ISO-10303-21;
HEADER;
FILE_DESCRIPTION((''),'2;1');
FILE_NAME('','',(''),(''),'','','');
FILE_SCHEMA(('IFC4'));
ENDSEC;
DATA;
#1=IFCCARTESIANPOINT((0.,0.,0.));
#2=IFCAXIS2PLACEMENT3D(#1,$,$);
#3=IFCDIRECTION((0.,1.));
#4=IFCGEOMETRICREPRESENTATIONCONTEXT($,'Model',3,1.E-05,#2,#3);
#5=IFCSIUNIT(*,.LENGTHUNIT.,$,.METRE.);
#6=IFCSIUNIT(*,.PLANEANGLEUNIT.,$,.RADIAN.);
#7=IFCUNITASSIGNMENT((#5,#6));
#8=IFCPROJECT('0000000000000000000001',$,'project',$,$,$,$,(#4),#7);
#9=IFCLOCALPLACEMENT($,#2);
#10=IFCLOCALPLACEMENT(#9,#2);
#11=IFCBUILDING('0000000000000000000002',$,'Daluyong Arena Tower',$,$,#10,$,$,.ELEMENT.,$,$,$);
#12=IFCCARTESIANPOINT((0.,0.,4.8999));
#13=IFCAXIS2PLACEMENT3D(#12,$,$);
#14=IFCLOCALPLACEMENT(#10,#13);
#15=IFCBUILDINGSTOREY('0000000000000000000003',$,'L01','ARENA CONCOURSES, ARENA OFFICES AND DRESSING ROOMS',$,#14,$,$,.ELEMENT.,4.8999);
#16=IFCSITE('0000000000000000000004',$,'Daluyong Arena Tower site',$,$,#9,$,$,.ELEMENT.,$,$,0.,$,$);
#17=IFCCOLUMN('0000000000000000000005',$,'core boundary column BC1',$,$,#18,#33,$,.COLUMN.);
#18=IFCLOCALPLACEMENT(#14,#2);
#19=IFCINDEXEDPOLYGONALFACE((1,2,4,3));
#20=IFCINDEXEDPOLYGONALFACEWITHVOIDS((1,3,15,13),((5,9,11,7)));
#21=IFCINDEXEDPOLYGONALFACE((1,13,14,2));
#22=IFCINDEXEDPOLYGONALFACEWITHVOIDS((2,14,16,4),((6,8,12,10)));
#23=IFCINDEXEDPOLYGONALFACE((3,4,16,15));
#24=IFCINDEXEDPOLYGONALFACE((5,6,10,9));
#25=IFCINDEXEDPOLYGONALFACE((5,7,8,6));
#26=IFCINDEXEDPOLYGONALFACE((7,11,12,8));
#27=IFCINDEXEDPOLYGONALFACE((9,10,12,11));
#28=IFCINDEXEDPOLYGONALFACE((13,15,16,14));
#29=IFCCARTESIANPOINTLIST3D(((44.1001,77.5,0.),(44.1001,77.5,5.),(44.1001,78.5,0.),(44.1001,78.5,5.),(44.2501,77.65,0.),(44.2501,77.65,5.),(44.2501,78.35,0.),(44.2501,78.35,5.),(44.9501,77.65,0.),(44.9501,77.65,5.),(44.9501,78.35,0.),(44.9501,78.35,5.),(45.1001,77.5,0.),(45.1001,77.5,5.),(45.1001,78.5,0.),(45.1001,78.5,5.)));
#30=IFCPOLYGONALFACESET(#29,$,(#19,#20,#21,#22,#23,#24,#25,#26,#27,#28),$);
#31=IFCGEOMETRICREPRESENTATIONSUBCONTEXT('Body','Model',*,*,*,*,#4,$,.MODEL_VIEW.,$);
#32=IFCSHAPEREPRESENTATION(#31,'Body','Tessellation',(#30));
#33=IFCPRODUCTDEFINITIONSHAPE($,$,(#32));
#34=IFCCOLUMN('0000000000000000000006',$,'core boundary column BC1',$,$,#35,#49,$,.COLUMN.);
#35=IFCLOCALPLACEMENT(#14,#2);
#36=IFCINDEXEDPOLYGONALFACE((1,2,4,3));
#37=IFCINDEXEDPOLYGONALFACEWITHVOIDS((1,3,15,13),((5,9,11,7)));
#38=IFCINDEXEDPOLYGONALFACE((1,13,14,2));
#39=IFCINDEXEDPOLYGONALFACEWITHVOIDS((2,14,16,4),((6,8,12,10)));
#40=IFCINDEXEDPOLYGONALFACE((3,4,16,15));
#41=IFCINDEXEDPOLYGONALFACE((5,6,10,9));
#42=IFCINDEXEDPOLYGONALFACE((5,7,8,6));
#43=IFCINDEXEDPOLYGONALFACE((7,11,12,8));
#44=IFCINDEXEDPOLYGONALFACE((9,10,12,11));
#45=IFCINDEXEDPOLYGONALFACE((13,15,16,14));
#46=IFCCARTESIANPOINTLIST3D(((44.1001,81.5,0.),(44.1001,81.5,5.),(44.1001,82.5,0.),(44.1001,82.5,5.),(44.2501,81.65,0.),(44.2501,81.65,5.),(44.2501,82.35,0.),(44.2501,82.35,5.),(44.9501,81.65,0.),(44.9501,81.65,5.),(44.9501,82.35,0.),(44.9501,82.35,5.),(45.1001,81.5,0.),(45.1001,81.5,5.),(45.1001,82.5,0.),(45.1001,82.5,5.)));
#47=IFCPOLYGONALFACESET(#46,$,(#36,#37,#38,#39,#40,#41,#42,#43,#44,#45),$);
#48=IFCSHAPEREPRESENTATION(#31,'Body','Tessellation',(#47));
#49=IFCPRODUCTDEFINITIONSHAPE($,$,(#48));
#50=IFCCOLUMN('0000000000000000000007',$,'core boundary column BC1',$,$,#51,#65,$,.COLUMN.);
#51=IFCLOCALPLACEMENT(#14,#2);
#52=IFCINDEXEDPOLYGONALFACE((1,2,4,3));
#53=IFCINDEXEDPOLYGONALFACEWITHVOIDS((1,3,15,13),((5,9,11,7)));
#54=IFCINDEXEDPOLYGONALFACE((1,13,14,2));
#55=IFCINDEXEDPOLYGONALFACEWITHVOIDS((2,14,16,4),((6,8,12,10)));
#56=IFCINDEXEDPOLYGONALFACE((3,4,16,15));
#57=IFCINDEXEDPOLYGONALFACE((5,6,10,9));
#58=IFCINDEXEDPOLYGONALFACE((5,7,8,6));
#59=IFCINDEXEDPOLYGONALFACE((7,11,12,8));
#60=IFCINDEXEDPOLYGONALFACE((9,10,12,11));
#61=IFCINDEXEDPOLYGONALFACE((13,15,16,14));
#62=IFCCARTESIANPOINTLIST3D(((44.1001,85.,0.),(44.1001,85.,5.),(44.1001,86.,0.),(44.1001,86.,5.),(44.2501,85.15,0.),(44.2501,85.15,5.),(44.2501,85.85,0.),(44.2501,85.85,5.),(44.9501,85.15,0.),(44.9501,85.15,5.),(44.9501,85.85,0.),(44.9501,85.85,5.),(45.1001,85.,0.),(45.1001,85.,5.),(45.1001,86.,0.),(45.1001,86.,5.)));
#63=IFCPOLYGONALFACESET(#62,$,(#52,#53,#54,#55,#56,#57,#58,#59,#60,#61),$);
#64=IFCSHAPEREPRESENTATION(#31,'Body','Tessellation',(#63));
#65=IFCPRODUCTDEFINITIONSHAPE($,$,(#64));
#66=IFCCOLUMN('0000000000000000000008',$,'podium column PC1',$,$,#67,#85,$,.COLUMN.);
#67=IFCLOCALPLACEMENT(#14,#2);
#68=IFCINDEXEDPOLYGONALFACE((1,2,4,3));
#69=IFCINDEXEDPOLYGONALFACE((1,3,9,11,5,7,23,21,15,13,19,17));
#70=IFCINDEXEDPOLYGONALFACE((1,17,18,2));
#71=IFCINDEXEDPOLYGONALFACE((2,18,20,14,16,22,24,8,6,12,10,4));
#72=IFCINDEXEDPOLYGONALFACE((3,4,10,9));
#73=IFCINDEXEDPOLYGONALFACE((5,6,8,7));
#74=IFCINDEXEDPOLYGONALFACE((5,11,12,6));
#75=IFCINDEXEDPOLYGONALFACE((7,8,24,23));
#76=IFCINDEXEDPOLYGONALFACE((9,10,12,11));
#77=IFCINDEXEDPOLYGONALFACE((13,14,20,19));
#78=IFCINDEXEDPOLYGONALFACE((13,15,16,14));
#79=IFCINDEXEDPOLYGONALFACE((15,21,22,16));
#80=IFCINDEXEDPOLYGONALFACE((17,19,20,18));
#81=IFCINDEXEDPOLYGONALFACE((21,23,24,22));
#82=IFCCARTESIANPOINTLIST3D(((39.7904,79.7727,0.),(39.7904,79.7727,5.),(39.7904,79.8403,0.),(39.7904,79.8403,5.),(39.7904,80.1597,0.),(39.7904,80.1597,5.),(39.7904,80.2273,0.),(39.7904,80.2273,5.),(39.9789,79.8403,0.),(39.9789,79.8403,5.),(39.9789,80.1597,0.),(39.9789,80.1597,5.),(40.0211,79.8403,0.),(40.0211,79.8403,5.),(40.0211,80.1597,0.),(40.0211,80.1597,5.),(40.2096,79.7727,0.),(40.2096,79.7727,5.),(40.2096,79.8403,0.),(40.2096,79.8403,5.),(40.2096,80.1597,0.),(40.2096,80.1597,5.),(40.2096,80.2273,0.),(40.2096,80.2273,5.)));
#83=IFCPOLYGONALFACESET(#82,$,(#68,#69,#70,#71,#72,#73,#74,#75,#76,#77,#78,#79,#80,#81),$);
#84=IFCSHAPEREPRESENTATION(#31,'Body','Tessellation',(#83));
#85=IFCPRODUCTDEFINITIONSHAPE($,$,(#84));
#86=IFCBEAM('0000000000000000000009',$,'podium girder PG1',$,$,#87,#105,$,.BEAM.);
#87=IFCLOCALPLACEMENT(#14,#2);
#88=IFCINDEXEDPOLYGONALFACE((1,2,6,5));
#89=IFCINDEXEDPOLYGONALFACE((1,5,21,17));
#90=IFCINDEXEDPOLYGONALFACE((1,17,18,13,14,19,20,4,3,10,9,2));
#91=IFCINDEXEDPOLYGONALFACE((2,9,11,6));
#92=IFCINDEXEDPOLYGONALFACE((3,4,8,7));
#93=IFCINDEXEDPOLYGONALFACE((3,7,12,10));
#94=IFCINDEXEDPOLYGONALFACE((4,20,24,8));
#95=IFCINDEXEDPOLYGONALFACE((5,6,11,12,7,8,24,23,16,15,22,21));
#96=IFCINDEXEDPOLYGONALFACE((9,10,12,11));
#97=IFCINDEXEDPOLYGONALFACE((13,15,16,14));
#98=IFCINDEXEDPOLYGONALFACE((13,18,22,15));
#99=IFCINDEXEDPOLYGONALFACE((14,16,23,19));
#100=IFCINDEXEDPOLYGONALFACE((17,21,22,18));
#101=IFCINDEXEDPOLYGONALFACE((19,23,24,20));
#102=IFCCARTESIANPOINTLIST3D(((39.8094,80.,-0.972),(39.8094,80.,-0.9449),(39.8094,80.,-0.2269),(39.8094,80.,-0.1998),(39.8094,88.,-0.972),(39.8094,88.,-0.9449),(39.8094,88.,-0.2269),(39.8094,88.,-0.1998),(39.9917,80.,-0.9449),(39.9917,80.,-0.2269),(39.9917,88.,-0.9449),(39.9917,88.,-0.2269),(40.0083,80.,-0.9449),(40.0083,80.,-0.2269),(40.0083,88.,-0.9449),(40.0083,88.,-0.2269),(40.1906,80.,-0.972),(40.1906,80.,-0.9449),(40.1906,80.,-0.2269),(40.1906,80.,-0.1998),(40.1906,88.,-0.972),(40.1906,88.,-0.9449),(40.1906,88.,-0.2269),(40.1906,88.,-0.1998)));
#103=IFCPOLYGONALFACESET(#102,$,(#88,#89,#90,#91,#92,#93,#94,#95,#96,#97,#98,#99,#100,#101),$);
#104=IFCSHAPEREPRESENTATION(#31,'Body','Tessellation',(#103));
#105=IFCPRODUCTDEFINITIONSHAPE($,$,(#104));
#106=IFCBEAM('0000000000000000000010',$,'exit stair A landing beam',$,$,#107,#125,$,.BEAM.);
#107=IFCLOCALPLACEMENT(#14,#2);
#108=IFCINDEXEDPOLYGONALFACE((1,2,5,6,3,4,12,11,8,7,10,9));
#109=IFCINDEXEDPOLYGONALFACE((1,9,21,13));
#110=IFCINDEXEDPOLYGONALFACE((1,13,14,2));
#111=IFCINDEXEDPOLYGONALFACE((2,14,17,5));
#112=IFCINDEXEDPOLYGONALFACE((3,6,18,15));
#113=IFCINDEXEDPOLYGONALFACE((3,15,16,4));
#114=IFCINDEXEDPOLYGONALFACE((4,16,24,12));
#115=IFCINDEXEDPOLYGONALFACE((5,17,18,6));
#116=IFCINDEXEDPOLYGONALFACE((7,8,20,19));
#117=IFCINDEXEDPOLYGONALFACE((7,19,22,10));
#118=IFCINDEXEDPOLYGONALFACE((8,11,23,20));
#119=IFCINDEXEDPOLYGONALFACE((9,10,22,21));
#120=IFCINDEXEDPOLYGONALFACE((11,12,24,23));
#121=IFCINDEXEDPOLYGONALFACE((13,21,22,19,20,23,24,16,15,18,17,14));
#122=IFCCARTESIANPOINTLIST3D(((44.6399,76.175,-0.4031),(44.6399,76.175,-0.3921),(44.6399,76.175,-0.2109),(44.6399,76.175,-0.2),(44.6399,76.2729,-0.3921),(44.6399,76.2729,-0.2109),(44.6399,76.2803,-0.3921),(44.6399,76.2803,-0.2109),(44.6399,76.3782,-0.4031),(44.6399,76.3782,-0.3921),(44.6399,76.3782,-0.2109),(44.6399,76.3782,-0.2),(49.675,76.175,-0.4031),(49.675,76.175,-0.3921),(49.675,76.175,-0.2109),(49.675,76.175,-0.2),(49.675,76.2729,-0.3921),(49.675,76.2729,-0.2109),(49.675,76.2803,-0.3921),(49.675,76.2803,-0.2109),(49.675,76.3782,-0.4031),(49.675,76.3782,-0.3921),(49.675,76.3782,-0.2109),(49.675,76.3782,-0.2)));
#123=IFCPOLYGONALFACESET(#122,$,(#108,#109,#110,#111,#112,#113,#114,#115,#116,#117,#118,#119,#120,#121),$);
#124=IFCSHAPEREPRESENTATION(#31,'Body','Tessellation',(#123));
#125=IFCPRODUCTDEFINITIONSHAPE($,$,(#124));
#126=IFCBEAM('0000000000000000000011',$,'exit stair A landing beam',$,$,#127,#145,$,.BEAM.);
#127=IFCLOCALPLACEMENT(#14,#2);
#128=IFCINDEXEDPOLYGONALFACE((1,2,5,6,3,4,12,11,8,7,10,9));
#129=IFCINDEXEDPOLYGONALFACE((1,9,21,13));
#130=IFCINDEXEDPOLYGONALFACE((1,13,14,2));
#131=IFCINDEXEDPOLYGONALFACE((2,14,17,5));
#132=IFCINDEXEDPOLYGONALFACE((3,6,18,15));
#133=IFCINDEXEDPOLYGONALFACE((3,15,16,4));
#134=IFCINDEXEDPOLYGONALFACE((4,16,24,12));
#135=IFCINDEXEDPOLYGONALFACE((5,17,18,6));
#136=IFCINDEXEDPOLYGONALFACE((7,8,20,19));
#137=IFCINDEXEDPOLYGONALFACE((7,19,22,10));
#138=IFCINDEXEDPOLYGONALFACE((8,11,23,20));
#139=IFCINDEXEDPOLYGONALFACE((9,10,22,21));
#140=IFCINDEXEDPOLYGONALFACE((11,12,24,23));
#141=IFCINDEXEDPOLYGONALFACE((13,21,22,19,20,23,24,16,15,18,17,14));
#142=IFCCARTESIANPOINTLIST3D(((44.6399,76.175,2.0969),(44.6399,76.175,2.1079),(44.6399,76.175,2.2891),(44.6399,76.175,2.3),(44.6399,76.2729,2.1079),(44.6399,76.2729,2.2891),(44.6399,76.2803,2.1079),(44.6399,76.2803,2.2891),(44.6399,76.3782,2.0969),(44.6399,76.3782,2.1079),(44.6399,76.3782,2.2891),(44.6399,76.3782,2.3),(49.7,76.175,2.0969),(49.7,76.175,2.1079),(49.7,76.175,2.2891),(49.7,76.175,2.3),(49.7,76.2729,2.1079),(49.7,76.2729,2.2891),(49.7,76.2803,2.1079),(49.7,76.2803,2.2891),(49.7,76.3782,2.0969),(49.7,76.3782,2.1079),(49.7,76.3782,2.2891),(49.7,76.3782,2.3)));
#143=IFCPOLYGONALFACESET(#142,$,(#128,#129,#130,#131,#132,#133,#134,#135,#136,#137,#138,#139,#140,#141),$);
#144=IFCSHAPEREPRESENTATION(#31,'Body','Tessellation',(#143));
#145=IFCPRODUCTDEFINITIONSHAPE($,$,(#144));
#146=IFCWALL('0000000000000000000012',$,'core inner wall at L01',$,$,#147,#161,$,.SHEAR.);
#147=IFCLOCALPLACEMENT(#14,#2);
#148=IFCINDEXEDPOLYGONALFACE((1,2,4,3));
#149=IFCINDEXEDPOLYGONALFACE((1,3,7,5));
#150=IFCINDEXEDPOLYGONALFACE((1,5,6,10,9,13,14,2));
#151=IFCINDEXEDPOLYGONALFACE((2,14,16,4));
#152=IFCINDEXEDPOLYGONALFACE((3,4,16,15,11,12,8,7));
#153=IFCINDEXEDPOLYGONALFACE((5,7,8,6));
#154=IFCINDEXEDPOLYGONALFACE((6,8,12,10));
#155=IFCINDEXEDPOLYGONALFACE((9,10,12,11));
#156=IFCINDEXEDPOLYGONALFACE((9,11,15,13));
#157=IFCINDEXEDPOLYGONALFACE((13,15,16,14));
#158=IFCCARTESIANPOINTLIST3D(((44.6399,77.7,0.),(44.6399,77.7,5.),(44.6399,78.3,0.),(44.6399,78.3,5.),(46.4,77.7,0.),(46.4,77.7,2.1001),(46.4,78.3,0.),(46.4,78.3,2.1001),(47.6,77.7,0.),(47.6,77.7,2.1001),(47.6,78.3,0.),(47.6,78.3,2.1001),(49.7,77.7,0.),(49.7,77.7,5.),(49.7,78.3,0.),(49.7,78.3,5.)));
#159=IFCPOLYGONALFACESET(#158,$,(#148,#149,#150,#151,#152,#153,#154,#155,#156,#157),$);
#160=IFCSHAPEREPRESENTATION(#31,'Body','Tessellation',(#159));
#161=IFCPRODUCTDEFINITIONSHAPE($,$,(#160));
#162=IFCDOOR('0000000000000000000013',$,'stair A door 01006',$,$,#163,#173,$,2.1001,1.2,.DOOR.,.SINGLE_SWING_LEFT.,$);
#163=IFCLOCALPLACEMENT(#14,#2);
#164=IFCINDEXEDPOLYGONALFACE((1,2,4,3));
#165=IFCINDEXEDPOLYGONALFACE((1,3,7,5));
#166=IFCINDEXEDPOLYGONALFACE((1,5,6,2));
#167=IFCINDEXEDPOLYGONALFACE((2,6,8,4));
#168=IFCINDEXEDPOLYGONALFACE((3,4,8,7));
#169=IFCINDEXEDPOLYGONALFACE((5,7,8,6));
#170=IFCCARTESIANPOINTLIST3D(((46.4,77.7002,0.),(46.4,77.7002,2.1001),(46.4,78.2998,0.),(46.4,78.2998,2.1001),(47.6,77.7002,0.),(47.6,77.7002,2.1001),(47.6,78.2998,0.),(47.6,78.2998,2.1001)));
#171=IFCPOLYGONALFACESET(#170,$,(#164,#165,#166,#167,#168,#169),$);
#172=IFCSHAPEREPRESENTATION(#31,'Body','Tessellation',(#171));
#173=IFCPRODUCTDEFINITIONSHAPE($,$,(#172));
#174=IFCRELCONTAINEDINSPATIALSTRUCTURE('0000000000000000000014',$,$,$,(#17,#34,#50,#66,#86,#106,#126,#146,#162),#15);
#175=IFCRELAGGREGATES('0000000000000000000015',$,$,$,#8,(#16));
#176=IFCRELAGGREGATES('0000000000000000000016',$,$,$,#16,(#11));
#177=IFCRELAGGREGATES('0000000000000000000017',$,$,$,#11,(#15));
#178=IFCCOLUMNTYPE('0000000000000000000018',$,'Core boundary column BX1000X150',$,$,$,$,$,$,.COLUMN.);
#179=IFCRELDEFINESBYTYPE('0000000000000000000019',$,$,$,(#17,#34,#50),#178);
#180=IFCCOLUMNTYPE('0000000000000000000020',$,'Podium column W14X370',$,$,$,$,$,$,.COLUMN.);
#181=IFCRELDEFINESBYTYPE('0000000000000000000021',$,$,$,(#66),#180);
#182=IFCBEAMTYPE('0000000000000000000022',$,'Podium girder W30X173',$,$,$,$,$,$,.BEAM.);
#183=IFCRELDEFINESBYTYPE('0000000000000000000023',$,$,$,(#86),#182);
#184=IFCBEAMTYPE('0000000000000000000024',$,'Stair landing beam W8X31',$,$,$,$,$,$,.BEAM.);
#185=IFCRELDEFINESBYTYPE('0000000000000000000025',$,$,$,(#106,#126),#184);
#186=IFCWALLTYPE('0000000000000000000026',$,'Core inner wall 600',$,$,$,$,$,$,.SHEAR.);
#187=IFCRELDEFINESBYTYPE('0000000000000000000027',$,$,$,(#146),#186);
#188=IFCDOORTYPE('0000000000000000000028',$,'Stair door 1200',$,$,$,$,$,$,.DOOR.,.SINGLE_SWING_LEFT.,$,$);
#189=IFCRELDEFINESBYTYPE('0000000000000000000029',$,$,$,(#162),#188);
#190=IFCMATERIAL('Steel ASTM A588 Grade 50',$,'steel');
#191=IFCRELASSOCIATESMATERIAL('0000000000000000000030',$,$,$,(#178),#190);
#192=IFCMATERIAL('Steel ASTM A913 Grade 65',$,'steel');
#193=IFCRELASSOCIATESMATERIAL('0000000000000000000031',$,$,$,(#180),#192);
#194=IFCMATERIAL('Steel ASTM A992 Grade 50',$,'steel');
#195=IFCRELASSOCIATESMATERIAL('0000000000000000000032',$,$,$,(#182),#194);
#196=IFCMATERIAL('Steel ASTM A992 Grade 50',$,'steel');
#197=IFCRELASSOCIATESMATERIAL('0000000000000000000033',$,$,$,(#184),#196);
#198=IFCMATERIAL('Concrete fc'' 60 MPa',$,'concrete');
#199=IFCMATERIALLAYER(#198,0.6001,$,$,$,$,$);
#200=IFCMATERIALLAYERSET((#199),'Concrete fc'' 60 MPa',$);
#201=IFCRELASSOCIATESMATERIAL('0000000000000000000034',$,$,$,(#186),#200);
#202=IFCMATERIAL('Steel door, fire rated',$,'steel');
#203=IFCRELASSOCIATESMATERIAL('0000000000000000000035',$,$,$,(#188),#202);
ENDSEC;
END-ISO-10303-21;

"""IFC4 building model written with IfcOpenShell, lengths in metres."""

from ifc_helpers import new_model, si_unit, direction, frame, frame_2d, origin, origin_2d, place, context, subcontext, project, spatial, rectangle, hollow_rectangle, i_section, extrude, material, layer, layer_set, material_profile, profile_set, type_object, element, fill, save


model = new_model("IFC4")

# Units and contexts
model_context = context("Model", 3, precision=1e-05, world=origin(), true_north=direction((0.0, 1.0)))
body_context = subcontext(model_context, "Body", "Model", "MODEL_VIEW")
ifc_project = project(units=[si_unit("LENGTHUNIT", "METRE"), si_unit("PLANEANGLEUNIT", "RADIAN")], contexts=[model_context])

# Site, building, storey
site_placement = place(None, origin())
site = spatial("IfcSite", under=ifc_project, at=site_placement, Name="Daluyong Arena Tower site", CompositionType="ELEMENT", RefElevation=0.0)
building_placement = place(site_placement, origin())
building = spatial("IfcBuilding", under=site, at=building_placement, Name="Daluyong Arena Tower", CompositionType="ELEMENT")
storey_placement = place(building_placement, frame((0.0, 0.0, 4.8999)))
storey = spatial("IfcBuildingStorey", under=building, at=storey_placement, Name="L01", Description="ARENA CONCOURSES, ARENA OFFICES AND DRESSING ROOMS", CompositionType="ELEMENT", Elevation=4.8999)

# Columns
ifc_material_1 = material(Name="Steel ASTM A588 Grade 50", Category="steel")
ifc_material_profile_1 = material_profile(ifc_material_1, hollow_rectangle(XDim=1.0, YDim=1.0, WallThickness=0.15, at=origin_2d()))
ifc_profile_set_1 = profile_set([ifc_material_profile_1], Name="Steel ASTM A588 Grade 50")
column_type_1 = type_object("IfcColumnType", Name="Core boundary column BX1000X150", PredefinedType="COLUMN", material=ifc_profile_set_1)
for number, where, z_axis, x_axis, name in (
    (1, (44.6001, 78.0, 0.0), (0.0, 0.0, 1.0), (1.0, 0.0, 0.0), "core boundary column BC1"),
    (2, (44.6001, 82.0, 0.0), (0.0, 0.0, 1.0), (1.0, 0.0, 0.0), "core boundary column BC1"),
    (3, (44.6001, 85.5, 0.0), (0.0, 0.0, 1.0), (1.0, 0.0, 0.0), "core boundary column BC1"),
):
    element("IfcColumn", number, at=place(storey_placement, frame(where, z_axis=z_axis, x_axis=x_axis)), inside=storey, type_object=column_type_1, Name=name, PredefinedType="COLUMN", context=body_context, shape_type="SweptSolid", body=[
        extrude(hollow_rectangle(XDim=1.0, YDim=1.0, WallThickness=0.15, at=origin_2d()), origin(), (0.0, 0.0, 1.0), 5.0),
    ])
ifc_material_2 = material(Name="Steel ASTM A913 Grade 65", Category="steel")
ifc_material_profile_2 = material_profile(ifc_material_2, i_section(OverallWidth=0.4192, OverallDepth=0.4546, WebThickness=0.0422, FlangeThickness=0.0676, at=origin_2d()))
ifc_profile_set_2 = profile_set([ifc_material_profile_2], Name="Steel ASTM A913 Grade 65")
column_type_2 = type_object("IfcColumnType", Name="Podium column W14X370", PredefinedType="COLUMN", material=ifc_profile_set_2)
column_placement = place(storey_placement, frame((40.0, 80.0, 0.0), z_axis=(0.0, 0.0, 1.0), x_axis=(1.0, 0.0, 0.0)))
element("IfcColumn", 4, at=column_placement, inside=storey, type_object=column_type_2, Name="podium column PC1", PredefinedType="COLUMN", context=body_context, shape_type="SweptSolid", body=[
    extrude(i_section(OverallWidth=0.4192, OverallDepth=0.4546, WebThickness=0.0422, FlangeThickness=0.0676, at=origin_2d()), origin(), (0.0, 0.0, 1.0), 5.0),
])

# Beams
ifc_material_3 = material(Name="Steel ASTM A992 Grade 50", Category="steel")
ifc_material_profile_3 = material_profile(ifc_material_3, i_section(OverallWidth=0.3811, OverallDepth=0.7722, WebThickness=0.0166, FlangeThickness=0.0271, at=origin_2d()))
ifc_profile_set_3 = profile_set([ifc_material_profile_3], Name="Steel ASTM A992 Grade 50")
beam_type_1 = type_object("IfcBeamType", Name="Podium girder W30X173", PredefinedType="BEAM", material=ifc_profile_set_3)
beam_1_placement = place(storey_placement, frame((40.0, 80.0, -0.5859), z_axis=(0.0, 1.0, 0.0), x_axis=(-1.0, 0.0, 0.0)))
element("IfcBeam", 5, at=beam_1_placement, inside=storey, type_object=beam_type_1, Name="podium girder PG1", PredefinedType="BEAM", context=body_context, shape_type="SweptSolid", body=[
    extrude(i_section(OverallWidth=0.3811, OverallDepth=0.7722, WebThickness=0.0166, FlangeThickness=0.0271, at=origin_2d()), origin(), (0.0, 0.0, 1.0), 8.0),
])
ifc_material_4 = material(Name="Steel ASTM A992 Grade 50", Category="steel")
ifc_material_profile_4 = material_profile(ifc_material_4, i_section(OverallWidth=0.2031, OverallDepth=0.2031, WebThickness=0.0073, FlangeThickness=0.011, at=origin_2d()))
ifc_profile_set_4 = profile_set([ifc_material_profile_4], Name="Steel ASTM A992 Grade 50")
beam_type_2 = type_object("IfcBeamType", Name="Stair landing beam W8X31", PredefinedType="BEAM", material=ifc_profile_set_4)
beam_2_placement = place(storey_placement, frame((44.6399, 76.2766, -0.3015), z_axis=(1.0, 0.0, 0.0), x_axis=(0.0, 1.0, 0.0)))
element("IfcBeam", 6, at=beam_2_placement, inside=storey, type_object=beam_type_2, Name="exit stair A landing beam", PredefinedType="BEAM", context=body_context, shape_type="SweptSolid", body=[
    extrude(i_section(OverallWidth=0.2031, OverallDepth=0.2031, WebThickness=0.0073, FlangeThickness=0.011, at=origin_2d()), origin(), (0.0, 0.0, 1.0), 5.0352),
])
beam_3_placement = place(storey_placement, frame((44.6399, 76.2766, 2.1985), z_axis=(1.0, 0.0, 0.0), x_axis=(0.0, 1.0, 0.0)))
element("IfcBeam", 7, at=beam_3_placement, inside=storey, type_object=beam_type_2, Name="exit stair A landing beam", PredefinedType="BEAM", context=body_context, shape_type="SweptSolid", body=[
    extrude(i_section(OverallWidth=0.2031, OverallDepth=0.2031, WebThickness=0.0073, FlangeThickness=0.011, at=origin_2d()), origin(), (0.0, 0.0, 1.0), 5.0601),
])

# Wall, opening, door
ifc_material_5 = material(Name="Concrete fc' 60 MPa", Category="concrete")
ifc_layer_1 = layer(ifc_material_5, 0.6001)
ifc_layer_set_1 = layer_set([ifc_layer_1], Name="Concrete fc' 60 MPa")
wall_type_1 = type_object("IfcWallType", Name="Core inner wall 600", PredefinedType="SHEAR", material=ifc_layer_set_1)
wall_1_placement = place(storey_placement, frame((44.6399, 78.0, 0.0), z_axis=(0.0, 0.0, 1.0), x_axis=(1.0, 0.0, 0.0)))
wall_1 = element("IfcWall", 8, at=wall_1_placement, inside=storey, type_object=wall_type_1, Name="core inner wall at L01", PredefinedType="SHEAR", context=body_context, shape_type="SweptSolid", body=[
    extrude(rectangle(XDim=5.0601, YDim=0.6001, at=frame_2d((2.53, 0.0))), origin(), (0.0, 0.0, 1.0), 5.0),
])
opening_1_placement = place(wall_1_placement, frame((1.76, 0.0, 0.0)))
opening_1 = element("IfcOpeningElement", 9, at=opening_1_placement, cuts=wall_1, PredefinedType="OPENING", context=body_context, shape_type="SweptSolid", body=[
    extrude(rectangle(XDim=1.2, YDim=2.1001, at=frame_2d((0.6001, 1.05))), frame((0.0, 0.3101, 0.0), z_axis=(0.0, -1.0, 0.0), x_axis=(1.0, 0.0, 0.0)), (0.0, 0.0, 1.0), 0.6201),
])
ifc_material_6 = material(Name="Steel door, fire rated", Category="steel")
door_type_1 = type_object("IfcDoorType", Name="Stair door 1200", OperationType="SINGLE_SWING_LEFT", PredefinedType="DOOR", material=ifc_material_6)
door_1_placement = place(opening_1_placement, origin())
door_1 = element("IfcDoor", 10, at=door_1_placement, inside=storey, type_object=door_type_1, Name="stair A door 01006", OperationType="SINGLE_SWING_LEFT", OverallHeight=2.1001, OverallWidth=1.2, PredefinedType="DOOR", context=body_context, shape_type="SweptSolid", body=[
    extrude(rectangle(XDim=1.2, YDim=2.1001, at=frame_2d((0.6001, 1.05))), frame((0.0, 0.2998, 0.0), z_axis=(0.0, -1.0, 0.0), x_axis=(1.0, 0.0, 0.0)), (0.0, 0.0, 1.0), 0.5996),
])
fill(opening_1, door_1)

save(model, "model.ifc")
